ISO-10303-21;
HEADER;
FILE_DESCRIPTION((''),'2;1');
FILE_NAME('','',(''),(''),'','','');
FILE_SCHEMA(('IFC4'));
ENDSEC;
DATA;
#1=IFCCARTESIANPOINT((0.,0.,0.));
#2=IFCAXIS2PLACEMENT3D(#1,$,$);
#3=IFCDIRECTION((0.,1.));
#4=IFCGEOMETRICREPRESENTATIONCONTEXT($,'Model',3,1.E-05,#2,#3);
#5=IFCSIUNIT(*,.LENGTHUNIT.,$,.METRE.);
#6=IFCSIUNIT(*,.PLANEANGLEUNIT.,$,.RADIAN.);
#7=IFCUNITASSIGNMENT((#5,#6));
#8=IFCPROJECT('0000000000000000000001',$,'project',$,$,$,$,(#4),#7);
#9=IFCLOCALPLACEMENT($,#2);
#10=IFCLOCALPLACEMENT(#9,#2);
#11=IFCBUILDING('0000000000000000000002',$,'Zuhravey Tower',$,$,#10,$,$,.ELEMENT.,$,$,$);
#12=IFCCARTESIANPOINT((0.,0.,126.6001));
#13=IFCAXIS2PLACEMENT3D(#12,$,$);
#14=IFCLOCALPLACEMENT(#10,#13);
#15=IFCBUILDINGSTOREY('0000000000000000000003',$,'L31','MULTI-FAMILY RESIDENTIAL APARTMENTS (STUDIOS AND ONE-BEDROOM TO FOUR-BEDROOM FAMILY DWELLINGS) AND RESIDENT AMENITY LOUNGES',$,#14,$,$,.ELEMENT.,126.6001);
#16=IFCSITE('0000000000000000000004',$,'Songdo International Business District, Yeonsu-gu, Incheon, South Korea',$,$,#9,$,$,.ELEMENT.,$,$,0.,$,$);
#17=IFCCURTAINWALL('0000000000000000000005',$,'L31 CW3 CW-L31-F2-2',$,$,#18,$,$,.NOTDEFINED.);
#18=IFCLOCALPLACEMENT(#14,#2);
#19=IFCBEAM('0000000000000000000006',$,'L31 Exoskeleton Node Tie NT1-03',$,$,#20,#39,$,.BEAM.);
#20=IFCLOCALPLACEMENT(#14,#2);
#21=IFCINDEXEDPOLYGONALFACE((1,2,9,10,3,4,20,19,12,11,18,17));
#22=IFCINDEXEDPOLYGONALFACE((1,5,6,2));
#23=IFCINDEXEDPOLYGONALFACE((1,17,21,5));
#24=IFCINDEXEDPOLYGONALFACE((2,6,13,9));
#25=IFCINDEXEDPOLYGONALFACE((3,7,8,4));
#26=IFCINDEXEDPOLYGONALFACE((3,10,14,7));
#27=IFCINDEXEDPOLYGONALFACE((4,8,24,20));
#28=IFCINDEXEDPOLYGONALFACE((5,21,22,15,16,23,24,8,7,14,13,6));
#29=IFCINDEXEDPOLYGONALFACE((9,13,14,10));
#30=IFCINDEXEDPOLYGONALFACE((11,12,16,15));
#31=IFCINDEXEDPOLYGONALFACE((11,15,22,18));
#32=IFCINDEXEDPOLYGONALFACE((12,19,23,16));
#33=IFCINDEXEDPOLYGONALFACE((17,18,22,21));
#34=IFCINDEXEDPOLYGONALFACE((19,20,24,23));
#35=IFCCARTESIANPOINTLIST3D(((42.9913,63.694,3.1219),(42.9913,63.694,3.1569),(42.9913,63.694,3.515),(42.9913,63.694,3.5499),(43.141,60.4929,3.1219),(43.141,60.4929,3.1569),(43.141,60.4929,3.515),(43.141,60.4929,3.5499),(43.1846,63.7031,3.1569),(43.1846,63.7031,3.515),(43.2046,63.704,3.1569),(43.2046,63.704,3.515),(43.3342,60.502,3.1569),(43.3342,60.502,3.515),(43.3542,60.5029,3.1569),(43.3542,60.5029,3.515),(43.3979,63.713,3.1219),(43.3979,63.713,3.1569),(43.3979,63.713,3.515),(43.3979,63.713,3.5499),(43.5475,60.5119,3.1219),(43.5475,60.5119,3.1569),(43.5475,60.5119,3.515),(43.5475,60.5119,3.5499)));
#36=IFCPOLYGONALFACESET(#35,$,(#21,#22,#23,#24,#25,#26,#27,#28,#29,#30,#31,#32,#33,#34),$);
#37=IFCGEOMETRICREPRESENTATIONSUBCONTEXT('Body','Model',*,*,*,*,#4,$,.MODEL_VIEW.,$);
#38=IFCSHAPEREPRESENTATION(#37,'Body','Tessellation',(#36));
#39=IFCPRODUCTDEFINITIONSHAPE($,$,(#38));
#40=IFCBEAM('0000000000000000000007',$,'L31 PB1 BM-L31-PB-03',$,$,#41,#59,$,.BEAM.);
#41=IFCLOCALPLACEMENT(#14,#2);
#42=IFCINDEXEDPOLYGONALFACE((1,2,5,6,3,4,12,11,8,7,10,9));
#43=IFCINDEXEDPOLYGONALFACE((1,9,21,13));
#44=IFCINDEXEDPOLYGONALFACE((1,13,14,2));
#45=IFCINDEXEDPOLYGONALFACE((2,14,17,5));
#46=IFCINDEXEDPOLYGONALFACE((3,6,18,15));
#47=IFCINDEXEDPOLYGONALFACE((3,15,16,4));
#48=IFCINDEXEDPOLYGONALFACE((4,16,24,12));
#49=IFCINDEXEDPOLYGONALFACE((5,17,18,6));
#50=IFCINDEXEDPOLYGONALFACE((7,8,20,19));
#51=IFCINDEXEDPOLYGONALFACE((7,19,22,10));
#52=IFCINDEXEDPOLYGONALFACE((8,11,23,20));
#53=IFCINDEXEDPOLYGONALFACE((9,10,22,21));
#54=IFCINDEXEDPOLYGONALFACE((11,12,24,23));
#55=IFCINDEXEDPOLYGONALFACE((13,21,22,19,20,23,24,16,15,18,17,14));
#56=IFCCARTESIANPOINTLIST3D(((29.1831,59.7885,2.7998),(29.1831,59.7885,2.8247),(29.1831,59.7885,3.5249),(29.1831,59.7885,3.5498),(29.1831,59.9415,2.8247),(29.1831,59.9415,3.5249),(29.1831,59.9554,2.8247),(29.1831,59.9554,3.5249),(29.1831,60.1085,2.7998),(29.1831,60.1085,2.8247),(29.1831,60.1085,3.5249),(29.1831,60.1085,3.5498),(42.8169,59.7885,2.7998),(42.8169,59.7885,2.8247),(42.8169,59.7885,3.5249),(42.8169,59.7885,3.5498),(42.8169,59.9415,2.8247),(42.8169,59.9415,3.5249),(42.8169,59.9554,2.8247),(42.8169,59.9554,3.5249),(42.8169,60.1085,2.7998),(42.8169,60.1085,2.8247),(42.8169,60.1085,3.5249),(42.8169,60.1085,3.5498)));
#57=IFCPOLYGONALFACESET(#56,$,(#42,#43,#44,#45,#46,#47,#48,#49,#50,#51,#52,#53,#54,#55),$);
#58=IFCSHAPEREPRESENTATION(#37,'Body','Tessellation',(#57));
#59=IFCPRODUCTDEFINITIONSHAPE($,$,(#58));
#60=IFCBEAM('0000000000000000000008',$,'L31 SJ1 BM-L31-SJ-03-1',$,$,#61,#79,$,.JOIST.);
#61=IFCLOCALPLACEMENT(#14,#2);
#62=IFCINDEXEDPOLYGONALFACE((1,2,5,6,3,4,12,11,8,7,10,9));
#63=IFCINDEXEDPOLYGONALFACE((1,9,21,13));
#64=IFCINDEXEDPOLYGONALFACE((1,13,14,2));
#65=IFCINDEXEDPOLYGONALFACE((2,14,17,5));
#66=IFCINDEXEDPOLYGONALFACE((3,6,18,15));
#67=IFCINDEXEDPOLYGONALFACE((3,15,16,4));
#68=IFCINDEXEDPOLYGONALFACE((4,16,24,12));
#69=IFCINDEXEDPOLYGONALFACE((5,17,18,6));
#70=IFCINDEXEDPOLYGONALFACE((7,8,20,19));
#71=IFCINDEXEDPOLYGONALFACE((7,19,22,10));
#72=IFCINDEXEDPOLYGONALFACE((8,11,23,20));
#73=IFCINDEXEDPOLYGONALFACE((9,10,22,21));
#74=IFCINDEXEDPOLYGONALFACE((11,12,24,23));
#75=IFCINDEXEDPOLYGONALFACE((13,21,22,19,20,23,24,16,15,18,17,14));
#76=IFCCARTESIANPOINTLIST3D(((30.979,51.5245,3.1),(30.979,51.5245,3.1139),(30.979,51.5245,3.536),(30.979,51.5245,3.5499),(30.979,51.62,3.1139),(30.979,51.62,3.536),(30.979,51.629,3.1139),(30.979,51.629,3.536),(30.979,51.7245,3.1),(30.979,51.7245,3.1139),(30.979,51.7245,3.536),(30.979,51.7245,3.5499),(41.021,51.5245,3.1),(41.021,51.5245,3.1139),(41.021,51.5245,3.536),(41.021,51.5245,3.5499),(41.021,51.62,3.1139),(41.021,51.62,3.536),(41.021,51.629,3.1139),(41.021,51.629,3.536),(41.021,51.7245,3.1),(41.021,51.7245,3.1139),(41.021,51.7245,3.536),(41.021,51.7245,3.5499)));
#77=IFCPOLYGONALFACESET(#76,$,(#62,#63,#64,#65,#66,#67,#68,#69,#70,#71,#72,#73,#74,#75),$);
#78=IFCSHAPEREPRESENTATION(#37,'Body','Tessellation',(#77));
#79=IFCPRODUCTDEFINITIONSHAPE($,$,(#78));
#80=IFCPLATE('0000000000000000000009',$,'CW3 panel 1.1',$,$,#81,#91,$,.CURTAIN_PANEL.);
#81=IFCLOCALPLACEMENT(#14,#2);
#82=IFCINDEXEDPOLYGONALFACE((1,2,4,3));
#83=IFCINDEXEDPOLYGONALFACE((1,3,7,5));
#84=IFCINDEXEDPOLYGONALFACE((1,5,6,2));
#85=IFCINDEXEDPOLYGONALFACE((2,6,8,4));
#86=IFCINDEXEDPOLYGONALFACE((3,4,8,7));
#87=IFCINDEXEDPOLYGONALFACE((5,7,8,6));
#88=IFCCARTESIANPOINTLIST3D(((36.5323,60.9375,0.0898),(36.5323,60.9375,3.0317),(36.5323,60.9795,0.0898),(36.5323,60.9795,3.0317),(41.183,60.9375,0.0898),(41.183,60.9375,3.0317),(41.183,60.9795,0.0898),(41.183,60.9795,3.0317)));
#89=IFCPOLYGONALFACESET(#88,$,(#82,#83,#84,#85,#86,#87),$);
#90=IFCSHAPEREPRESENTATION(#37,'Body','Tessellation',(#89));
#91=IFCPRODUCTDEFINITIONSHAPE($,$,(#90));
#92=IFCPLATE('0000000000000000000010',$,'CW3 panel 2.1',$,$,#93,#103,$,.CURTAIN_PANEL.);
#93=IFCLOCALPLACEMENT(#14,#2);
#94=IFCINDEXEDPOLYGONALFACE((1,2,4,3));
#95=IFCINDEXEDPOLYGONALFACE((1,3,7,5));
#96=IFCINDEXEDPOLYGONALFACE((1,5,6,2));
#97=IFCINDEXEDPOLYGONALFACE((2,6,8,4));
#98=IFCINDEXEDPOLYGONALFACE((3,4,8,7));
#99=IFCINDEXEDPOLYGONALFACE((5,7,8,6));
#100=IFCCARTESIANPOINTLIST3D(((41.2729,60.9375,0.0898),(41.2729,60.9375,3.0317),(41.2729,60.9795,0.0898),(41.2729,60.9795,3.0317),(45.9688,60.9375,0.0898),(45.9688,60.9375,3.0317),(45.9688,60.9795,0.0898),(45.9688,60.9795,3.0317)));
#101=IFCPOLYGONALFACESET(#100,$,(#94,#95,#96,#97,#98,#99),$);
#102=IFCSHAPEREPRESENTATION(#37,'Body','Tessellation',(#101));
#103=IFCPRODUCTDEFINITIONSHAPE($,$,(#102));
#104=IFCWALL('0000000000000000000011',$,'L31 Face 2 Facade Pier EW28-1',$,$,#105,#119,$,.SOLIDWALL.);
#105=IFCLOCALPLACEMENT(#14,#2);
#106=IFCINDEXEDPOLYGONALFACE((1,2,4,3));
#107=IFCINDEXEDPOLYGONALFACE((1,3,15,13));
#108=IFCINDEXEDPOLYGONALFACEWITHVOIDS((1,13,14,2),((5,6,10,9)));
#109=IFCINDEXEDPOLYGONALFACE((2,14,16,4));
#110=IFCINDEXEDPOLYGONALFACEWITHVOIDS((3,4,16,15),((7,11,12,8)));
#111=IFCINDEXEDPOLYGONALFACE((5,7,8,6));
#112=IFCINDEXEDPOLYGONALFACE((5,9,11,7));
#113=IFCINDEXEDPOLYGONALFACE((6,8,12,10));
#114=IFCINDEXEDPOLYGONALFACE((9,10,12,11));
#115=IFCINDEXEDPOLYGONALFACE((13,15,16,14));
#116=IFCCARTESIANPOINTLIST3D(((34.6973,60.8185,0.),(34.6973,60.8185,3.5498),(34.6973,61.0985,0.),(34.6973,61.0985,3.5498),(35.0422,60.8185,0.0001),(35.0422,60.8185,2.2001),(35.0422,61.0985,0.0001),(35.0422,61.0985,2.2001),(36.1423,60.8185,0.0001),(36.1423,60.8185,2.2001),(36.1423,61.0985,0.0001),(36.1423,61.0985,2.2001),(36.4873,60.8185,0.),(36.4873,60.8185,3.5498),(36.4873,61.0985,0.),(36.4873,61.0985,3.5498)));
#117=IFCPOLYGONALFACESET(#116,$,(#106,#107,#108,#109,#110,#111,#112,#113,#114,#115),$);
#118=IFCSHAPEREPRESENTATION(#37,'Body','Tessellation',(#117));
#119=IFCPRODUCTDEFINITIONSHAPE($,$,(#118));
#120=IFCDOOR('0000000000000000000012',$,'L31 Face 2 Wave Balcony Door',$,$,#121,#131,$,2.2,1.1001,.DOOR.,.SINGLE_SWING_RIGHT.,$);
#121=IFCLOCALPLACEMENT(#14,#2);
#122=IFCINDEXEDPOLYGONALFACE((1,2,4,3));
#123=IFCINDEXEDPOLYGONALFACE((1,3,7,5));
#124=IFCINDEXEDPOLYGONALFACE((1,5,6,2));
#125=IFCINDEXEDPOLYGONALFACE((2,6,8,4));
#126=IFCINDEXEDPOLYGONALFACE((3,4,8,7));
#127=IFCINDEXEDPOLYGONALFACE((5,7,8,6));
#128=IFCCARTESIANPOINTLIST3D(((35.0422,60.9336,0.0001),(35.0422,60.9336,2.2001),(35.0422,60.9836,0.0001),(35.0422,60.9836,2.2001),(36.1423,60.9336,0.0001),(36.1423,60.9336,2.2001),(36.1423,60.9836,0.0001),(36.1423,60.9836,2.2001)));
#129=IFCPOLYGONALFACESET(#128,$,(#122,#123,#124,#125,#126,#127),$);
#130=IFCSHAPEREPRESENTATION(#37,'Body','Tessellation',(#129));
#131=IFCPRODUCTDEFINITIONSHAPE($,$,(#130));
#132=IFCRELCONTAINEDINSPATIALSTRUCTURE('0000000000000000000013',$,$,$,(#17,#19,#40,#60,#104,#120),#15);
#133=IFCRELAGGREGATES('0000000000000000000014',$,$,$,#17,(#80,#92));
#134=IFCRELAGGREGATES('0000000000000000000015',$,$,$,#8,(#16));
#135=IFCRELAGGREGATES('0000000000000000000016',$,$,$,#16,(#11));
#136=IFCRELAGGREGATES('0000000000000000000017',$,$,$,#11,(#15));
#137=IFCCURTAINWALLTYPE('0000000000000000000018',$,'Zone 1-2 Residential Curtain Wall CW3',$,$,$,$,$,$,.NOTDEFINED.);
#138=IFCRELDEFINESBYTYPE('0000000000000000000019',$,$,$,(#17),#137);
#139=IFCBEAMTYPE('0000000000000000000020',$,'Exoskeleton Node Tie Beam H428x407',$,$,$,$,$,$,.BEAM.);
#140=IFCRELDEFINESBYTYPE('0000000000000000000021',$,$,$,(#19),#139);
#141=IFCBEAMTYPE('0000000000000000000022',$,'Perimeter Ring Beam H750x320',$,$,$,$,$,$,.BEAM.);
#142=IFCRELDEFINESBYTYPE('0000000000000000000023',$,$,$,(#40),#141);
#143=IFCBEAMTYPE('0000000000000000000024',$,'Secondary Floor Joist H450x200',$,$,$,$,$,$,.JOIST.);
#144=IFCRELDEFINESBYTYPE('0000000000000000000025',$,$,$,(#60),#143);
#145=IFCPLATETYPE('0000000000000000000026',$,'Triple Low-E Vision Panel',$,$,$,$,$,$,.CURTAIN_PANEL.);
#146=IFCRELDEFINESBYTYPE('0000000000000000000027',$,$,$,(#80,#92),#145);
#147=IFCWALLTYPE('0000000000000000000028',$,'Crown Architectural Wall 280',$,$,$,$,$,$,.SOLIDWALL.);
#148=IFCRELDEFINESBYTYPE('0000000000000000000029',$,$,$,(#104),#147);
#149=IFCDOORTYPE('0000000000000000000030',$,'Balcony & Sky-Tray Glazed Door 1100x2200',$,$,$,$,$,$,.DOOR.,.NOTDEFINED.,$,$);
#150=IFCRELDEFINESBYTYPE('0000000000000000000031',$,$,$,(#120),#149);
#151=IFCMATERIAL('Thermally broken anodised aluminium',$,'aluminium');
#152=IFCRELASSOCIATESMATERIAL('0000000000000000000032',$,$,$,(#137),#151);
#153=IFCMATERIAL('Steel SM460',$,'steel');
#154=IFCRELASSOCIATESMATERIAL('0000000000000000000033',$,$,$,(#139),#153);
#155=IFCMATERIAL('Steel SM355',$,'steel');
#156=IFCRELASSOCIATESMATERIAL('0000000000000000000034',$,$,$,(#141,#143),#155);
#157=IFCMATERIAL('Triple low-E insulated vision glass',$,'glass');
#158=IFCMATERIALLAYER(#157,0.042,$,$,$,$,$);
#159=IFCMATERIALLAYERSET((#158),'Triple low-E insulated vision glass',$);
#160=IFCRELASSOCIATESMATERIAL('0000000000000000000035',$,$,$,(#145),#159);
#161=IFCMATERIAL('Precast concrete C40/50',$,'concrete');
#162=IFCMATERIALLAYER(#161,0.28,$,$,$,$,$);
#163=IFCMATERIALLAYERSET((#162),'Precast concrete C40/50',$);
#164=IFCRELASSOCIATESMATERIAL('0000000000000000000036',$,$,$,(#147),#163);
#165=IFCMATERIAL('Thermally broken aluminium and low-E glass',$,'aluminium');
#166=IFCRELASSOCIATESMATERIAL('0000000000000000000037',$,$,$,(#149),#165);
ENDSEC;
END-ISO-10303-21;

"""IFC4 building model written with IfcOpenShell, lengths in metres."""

from ifc_helpers import new_model, si_unit, direction, frame, frame_2d, origin, origin_2d, place, context, subcontext, project, spatial, rectangle, i_section, extrude, material, layer, layer_set, material_profile, profile_set, type_object, element, fill, aggregate, save


model = new_model("IFC4")

# Units and contexts
model_context = context("Model", 3, precision=1e-05, world=origin(), true_north=direction((0.0, 1.0)))
body_context = subcontext(model_context, "Body", "Model", "MODEL_VIEW")
ifc_project = project(units=[si_unit("LENGTHUNIT", "METRE"), si_unit("PLANEANGLEUNIT", "RADIAN")], contexts=[model_context])

# Site, building, storey
site_placement = place(None, origin())
site = spatial("IfcSite", under=ifc_project, at=site_placement, Name="Songdo International Business District, Yeonsu-gu, Incheon, South Korea", CompositionType="ELEMENT", RefElevation=0.0)
building_placement = place(site_placement, origin())
building = spatial("IfcBuilding", under=site, at=building_placement, Name="Zuhravey Tower", CompositionType="ELEMENT")
storey_placement = place(building_placement, frame((0.0, 0.0, 126.6001)))
storey = spatial("IfcBuildingStorey", under=building, at=storey_placement, Name="L31", Description="MULTI-FAMILY RESIDENTIAL APARTMENTS (STUDIOS AND ONE-BEDROOM TO FOUR-BEDROOM FAMILY DWELLINGS) AND RESIDENT AMENITY LOUNGES", CompositionType="ELEMENT", Elevation=126.6001)

# Shared definitions
ifc_material_1 = material(Name="Thermally broken anodised aluminium", Category="aluminium")
curtain_wall_type = type_object("IfcCurtainWallType", Name="Zone 1-2 Residential Curtain Wall CW3", PredefinedType="NOTDEFINED", material=ifc_material_1)

# Curtain wall
curtain_wall_1_placement = place(storey_placement, origin())
curtain_wall_1 = element("IfcCurtainWall", 1, at=curtain_wall_1_placement, inside=storey, type_object=curtain_wall_type, Name="L31 CW3 CW-L31-F2-2", PredefinedType="NOTDEFINED")

# Beams
ifc_material_2 = material(Name="Steel SM460", Category="steel")
ifc_material_profile_1 = material_profile(ifc_material_2, i_section(OverallWidth=0.407, OverallDepth=0.428, WebThickness=0.02, FlangeThickness=0.0349, at=origin_2d()), Name="H-428x407x20x35")
ifc_profile_set_1 = profile_set([ifc_material_profile_1], Name="Steel SM460")
beam_type_1 = type_object("IfcBeamType", Name="Exoskeleton Node Tie Beam H428x407", PredefinedType="BEAM", material=ifc_profile_set_1)
beam_1_placement = place(storey_placement, frame((43.3442, 60.5024, 3.3359), z_axis=(-0.0467, 0.998909, 0.0), x_axis=(-0.998909, -0.0467, 0.0)))
element("IfcBeam", 2, at=beam_1_placement, inside=storey, type_object=beam_type_1, Name="L31 Exoskeleton Node Tie NT1-03", PredefinedType="BEAM", context=body_context, shape_type="SweptSolid", body=[
    extrude(i_section(OverallWidth=0.407, OverallDepth=0.428, WebThickness=0.02, FlangeThickness=0.0349, at=origin_2d()), origin(), (0.0, 0.0, 1.0), 3.2046),
])
ifc_material_3 = material(Name="Steel SM355", Category="steel")
ifc_material_profile_2 = material_profile(ifc_material_3, i_section(OverallWidth=0.3201, OverallDepth=0.75, WebThickness=0.0139, FlangeThickness=0.0249, at=origin_2d()), Name="H-750x320x14x25")
ifc_profile_set_2 = profile_set([ifc_material_profile_2], Name="Steel SM355")
beam_type_2 = type_object("IfcBeamType", Name="Perimeter Ring Beam H750x320", PredefinedType="BEAM", material=ifc_profile_set_2)
beam_2_placement = place(storey_placement, frame((42.8169, 59.9485, 3.1748), z_axis=(-1.0, 0.0, 0.0), x_axis=(0.0, -1.0, 0.0)))
element("IfcBeam", 3, at=beam_2_placement, inside=storey, type_object=beam_type_2, Name="L31 PB1 BM-L31-PB-03", PredefinedType="BEAM", context=body_context, shape_type="SweptSolid", body=[
    extrude(i_section(OverallWidth=0.3201, OverallDepth=0.75, WebThickness=0.0139, FlangeThickness=0.0249, at=origin_2d()), origin(), (0.0, 0.0, 1.0), 13.6338),
])
ifc_material_profile_3 = material_profile(ifc_material_3, i_section(OverallWidth=0.2, OverallDepth=0.45, WebThickness=0.009, FlangeThickness=0.0139, at=origin_2d()), Name="H-450x200x9x14")
ifc_profile_set_3 = profile_set([ifc_material_profile_3], Name="Steel SM355")
beam_type_3 = type_object("IfcBeamType", Name="Secondary Floor Joist H450x200", PredefinedType="JOIST", material=ifc_profile_set_3)
beam_3_placement = place(storey_placement, frame((41.021, 51.6245, 3.325), z_axis=(-1.0, 0.0, 0.0), x_axis=(0.0, -1.0, 0.0)))
element("IfcBeam", 4, at=beam_3_placement, inside=storey, type_object=beam_type_3, Name="L31 SJ1 BM-L31-SJ-03-1", PredefinedType="JOIST", context=body_context, shape_type="SweptSolid", body=[
    extrude(i_section(OverallWidth=0.2, OverallDepth=0.45, WebThickness=0.009, FlangeThickness=0.0139, at=origin_2d()), origin(), (0.0, 0.0, 1.0), 10.042),
])

# Plates
ifc_material_4 = material(Name="Triple low-E insulated vision glass", Category="glass")
ifc_layer_1 = layer(ifc_material_4, 0.042)
ifc_layer_set_1 = layer_set([ifc_layer_1], Name="Triple low-E insulated vision glass")
plate_type = type_object("IfcPlateType", Name="Triple Low-E Vision Panel", PredefinedType="CURTAIN_PANEL", material=ifc_layer_set_1)
plate_1_placement = place(storey_placement, frame((38.8577, 60.9585, 0.0898), z_axis=(0.0, 0.0, 1.0), x_axis=(1.0, 0.0, 0.0)))
plate_1 = element("IfcPlate", 5, at=plate_1_placement, type_object=plate_type, Name="CW3 panel 1.1", PredefinedType="CURTAIN_PANEL", context=body_context, shape_type="SweptSolid", body=[
    extrude(rectangle(XDim=4.6506, YDim=0.042, at=origin_2d()), origin(), (0.0, 0.0, 1.0), 2.9419),
])
plate_2_placement = place(storey_placement, frame((43.6208, 60.9585, 0.0898), z_axis=(0.0, 0.0, 1.0), x_axis=(1.0, 0.0, 0.0)))
plate_2 = element("IfcPlate", 6, at=plate_2_placement, type_object=plate_type, Name="CW3 panel 2.1", PredefinedType="CURTAIN_PANEL", context=body_context, shape_type="SweptSolid", body=[
    extrude(rectangle(XDim=4.6958, YDim=0.042, at=origin_2d()), origin(), (0.0, 0.0, 1.0), 2.9419),
])
aggregate(curtain_wall_1, [plate_1, plate_2])

# Wall, opening, door
ifc_material_5 = material(Name="Precast concrete C40/50", Category="concrete")
ifc_layer_2 = layer(ifc_material_5, 0.28)
ifc_layer_set_2 = layer_set([ifc_layer_2], Name="Precast concrete C40/50")
wall_type_1 = type_object("IfcWallType", Name="Crown Architectural Wall 280", PredefinedType="SOLIDWALL", material=ifc_layer_set_2)
wall_1_placement = place(storey_placement, frame((34.6973, 60.9585, 0.0), z_axis=(0.0, 0.0, 1.0), x_axis=(1.0, 0.0, 0.0)))
wall_1 = element("IfcWall", 7, at=wall_1_placement, inside=storey, type_object=wall_type_1, Name="L31 Face 2 Facade Pier EW28-1", PredefinedType="SOLIDWALL", context=body_context, shape_type="SweptSolid", body=[
    extrude(rectangle(XDim=1.79, YDim=0.28, at=frame_2d((0.895, 0.0))), origin(), (0.0, 0.0, 1.0), 3.5498),
])
opening_1_placement = place(wall_1_placement, frame((0.345, 0.0, 0.0)))
opening_1 = element("IfcOpeningElement", 8, at=opening_1_placement, cuts=wall_1, PredefinedType="OPENING", context=body_context, shape_type="SweptSolid", body=[
    extrude(rectangle(XDim=1.1001, YDim=2.2, at=frame_2d((0.55, 1.1001))), frame((0.0, 0.1521, 0.0), z_axis=(0.0, -1.0, 0.0), x_axis=(1.0, 0.0, 0.0)), (0.0, 0.0, 1.0), 0.304),
])
ifc_material_6 = material(Name="Thermally broken aluminium and low-E glass", Category="aluminium")
door_type_1 = type_object("IfcDoorType", Name="Balcony & Sky-Tray Glazed Door 1100x2200", OperationType="NOTDEFINED", PredefinedType="DOOR", material=ifc_material_6)
door_1_placement = place(opening_1_placement, frame((1.1001, 0.0, 0.0), z_axis=(0.0, 0.0, 1.0), x_axis=(-1.0, 0.0, 0.0)))
door_1 = element("IfcDoor", 9, at=door_1_placement, inside=storey, type_object=door_type_1, Name="L31 Face 2 Wave Balcony Door", OperationType="SINGLE_SWING_RIGHT", OverallHeight=2.2, OverallWidth=1.1001, PredefinedType="DOOR", context=body_context, shape_type="SweptSolid", body=[
    extrude(rectangle(XDim=1.1001, YDim=2.2, at=frame_2d((0.55, 1.1001))), frame((0.0, 0.0249, 0.0), z_axis=(0.0, -1.0, 0.0), x_axis=(1.0, 0.0, 0.0)), (0.0, 0.0, 1.0), 0.05),
])
fill(opening_1, door_1)

save(model, "model.ifc")
